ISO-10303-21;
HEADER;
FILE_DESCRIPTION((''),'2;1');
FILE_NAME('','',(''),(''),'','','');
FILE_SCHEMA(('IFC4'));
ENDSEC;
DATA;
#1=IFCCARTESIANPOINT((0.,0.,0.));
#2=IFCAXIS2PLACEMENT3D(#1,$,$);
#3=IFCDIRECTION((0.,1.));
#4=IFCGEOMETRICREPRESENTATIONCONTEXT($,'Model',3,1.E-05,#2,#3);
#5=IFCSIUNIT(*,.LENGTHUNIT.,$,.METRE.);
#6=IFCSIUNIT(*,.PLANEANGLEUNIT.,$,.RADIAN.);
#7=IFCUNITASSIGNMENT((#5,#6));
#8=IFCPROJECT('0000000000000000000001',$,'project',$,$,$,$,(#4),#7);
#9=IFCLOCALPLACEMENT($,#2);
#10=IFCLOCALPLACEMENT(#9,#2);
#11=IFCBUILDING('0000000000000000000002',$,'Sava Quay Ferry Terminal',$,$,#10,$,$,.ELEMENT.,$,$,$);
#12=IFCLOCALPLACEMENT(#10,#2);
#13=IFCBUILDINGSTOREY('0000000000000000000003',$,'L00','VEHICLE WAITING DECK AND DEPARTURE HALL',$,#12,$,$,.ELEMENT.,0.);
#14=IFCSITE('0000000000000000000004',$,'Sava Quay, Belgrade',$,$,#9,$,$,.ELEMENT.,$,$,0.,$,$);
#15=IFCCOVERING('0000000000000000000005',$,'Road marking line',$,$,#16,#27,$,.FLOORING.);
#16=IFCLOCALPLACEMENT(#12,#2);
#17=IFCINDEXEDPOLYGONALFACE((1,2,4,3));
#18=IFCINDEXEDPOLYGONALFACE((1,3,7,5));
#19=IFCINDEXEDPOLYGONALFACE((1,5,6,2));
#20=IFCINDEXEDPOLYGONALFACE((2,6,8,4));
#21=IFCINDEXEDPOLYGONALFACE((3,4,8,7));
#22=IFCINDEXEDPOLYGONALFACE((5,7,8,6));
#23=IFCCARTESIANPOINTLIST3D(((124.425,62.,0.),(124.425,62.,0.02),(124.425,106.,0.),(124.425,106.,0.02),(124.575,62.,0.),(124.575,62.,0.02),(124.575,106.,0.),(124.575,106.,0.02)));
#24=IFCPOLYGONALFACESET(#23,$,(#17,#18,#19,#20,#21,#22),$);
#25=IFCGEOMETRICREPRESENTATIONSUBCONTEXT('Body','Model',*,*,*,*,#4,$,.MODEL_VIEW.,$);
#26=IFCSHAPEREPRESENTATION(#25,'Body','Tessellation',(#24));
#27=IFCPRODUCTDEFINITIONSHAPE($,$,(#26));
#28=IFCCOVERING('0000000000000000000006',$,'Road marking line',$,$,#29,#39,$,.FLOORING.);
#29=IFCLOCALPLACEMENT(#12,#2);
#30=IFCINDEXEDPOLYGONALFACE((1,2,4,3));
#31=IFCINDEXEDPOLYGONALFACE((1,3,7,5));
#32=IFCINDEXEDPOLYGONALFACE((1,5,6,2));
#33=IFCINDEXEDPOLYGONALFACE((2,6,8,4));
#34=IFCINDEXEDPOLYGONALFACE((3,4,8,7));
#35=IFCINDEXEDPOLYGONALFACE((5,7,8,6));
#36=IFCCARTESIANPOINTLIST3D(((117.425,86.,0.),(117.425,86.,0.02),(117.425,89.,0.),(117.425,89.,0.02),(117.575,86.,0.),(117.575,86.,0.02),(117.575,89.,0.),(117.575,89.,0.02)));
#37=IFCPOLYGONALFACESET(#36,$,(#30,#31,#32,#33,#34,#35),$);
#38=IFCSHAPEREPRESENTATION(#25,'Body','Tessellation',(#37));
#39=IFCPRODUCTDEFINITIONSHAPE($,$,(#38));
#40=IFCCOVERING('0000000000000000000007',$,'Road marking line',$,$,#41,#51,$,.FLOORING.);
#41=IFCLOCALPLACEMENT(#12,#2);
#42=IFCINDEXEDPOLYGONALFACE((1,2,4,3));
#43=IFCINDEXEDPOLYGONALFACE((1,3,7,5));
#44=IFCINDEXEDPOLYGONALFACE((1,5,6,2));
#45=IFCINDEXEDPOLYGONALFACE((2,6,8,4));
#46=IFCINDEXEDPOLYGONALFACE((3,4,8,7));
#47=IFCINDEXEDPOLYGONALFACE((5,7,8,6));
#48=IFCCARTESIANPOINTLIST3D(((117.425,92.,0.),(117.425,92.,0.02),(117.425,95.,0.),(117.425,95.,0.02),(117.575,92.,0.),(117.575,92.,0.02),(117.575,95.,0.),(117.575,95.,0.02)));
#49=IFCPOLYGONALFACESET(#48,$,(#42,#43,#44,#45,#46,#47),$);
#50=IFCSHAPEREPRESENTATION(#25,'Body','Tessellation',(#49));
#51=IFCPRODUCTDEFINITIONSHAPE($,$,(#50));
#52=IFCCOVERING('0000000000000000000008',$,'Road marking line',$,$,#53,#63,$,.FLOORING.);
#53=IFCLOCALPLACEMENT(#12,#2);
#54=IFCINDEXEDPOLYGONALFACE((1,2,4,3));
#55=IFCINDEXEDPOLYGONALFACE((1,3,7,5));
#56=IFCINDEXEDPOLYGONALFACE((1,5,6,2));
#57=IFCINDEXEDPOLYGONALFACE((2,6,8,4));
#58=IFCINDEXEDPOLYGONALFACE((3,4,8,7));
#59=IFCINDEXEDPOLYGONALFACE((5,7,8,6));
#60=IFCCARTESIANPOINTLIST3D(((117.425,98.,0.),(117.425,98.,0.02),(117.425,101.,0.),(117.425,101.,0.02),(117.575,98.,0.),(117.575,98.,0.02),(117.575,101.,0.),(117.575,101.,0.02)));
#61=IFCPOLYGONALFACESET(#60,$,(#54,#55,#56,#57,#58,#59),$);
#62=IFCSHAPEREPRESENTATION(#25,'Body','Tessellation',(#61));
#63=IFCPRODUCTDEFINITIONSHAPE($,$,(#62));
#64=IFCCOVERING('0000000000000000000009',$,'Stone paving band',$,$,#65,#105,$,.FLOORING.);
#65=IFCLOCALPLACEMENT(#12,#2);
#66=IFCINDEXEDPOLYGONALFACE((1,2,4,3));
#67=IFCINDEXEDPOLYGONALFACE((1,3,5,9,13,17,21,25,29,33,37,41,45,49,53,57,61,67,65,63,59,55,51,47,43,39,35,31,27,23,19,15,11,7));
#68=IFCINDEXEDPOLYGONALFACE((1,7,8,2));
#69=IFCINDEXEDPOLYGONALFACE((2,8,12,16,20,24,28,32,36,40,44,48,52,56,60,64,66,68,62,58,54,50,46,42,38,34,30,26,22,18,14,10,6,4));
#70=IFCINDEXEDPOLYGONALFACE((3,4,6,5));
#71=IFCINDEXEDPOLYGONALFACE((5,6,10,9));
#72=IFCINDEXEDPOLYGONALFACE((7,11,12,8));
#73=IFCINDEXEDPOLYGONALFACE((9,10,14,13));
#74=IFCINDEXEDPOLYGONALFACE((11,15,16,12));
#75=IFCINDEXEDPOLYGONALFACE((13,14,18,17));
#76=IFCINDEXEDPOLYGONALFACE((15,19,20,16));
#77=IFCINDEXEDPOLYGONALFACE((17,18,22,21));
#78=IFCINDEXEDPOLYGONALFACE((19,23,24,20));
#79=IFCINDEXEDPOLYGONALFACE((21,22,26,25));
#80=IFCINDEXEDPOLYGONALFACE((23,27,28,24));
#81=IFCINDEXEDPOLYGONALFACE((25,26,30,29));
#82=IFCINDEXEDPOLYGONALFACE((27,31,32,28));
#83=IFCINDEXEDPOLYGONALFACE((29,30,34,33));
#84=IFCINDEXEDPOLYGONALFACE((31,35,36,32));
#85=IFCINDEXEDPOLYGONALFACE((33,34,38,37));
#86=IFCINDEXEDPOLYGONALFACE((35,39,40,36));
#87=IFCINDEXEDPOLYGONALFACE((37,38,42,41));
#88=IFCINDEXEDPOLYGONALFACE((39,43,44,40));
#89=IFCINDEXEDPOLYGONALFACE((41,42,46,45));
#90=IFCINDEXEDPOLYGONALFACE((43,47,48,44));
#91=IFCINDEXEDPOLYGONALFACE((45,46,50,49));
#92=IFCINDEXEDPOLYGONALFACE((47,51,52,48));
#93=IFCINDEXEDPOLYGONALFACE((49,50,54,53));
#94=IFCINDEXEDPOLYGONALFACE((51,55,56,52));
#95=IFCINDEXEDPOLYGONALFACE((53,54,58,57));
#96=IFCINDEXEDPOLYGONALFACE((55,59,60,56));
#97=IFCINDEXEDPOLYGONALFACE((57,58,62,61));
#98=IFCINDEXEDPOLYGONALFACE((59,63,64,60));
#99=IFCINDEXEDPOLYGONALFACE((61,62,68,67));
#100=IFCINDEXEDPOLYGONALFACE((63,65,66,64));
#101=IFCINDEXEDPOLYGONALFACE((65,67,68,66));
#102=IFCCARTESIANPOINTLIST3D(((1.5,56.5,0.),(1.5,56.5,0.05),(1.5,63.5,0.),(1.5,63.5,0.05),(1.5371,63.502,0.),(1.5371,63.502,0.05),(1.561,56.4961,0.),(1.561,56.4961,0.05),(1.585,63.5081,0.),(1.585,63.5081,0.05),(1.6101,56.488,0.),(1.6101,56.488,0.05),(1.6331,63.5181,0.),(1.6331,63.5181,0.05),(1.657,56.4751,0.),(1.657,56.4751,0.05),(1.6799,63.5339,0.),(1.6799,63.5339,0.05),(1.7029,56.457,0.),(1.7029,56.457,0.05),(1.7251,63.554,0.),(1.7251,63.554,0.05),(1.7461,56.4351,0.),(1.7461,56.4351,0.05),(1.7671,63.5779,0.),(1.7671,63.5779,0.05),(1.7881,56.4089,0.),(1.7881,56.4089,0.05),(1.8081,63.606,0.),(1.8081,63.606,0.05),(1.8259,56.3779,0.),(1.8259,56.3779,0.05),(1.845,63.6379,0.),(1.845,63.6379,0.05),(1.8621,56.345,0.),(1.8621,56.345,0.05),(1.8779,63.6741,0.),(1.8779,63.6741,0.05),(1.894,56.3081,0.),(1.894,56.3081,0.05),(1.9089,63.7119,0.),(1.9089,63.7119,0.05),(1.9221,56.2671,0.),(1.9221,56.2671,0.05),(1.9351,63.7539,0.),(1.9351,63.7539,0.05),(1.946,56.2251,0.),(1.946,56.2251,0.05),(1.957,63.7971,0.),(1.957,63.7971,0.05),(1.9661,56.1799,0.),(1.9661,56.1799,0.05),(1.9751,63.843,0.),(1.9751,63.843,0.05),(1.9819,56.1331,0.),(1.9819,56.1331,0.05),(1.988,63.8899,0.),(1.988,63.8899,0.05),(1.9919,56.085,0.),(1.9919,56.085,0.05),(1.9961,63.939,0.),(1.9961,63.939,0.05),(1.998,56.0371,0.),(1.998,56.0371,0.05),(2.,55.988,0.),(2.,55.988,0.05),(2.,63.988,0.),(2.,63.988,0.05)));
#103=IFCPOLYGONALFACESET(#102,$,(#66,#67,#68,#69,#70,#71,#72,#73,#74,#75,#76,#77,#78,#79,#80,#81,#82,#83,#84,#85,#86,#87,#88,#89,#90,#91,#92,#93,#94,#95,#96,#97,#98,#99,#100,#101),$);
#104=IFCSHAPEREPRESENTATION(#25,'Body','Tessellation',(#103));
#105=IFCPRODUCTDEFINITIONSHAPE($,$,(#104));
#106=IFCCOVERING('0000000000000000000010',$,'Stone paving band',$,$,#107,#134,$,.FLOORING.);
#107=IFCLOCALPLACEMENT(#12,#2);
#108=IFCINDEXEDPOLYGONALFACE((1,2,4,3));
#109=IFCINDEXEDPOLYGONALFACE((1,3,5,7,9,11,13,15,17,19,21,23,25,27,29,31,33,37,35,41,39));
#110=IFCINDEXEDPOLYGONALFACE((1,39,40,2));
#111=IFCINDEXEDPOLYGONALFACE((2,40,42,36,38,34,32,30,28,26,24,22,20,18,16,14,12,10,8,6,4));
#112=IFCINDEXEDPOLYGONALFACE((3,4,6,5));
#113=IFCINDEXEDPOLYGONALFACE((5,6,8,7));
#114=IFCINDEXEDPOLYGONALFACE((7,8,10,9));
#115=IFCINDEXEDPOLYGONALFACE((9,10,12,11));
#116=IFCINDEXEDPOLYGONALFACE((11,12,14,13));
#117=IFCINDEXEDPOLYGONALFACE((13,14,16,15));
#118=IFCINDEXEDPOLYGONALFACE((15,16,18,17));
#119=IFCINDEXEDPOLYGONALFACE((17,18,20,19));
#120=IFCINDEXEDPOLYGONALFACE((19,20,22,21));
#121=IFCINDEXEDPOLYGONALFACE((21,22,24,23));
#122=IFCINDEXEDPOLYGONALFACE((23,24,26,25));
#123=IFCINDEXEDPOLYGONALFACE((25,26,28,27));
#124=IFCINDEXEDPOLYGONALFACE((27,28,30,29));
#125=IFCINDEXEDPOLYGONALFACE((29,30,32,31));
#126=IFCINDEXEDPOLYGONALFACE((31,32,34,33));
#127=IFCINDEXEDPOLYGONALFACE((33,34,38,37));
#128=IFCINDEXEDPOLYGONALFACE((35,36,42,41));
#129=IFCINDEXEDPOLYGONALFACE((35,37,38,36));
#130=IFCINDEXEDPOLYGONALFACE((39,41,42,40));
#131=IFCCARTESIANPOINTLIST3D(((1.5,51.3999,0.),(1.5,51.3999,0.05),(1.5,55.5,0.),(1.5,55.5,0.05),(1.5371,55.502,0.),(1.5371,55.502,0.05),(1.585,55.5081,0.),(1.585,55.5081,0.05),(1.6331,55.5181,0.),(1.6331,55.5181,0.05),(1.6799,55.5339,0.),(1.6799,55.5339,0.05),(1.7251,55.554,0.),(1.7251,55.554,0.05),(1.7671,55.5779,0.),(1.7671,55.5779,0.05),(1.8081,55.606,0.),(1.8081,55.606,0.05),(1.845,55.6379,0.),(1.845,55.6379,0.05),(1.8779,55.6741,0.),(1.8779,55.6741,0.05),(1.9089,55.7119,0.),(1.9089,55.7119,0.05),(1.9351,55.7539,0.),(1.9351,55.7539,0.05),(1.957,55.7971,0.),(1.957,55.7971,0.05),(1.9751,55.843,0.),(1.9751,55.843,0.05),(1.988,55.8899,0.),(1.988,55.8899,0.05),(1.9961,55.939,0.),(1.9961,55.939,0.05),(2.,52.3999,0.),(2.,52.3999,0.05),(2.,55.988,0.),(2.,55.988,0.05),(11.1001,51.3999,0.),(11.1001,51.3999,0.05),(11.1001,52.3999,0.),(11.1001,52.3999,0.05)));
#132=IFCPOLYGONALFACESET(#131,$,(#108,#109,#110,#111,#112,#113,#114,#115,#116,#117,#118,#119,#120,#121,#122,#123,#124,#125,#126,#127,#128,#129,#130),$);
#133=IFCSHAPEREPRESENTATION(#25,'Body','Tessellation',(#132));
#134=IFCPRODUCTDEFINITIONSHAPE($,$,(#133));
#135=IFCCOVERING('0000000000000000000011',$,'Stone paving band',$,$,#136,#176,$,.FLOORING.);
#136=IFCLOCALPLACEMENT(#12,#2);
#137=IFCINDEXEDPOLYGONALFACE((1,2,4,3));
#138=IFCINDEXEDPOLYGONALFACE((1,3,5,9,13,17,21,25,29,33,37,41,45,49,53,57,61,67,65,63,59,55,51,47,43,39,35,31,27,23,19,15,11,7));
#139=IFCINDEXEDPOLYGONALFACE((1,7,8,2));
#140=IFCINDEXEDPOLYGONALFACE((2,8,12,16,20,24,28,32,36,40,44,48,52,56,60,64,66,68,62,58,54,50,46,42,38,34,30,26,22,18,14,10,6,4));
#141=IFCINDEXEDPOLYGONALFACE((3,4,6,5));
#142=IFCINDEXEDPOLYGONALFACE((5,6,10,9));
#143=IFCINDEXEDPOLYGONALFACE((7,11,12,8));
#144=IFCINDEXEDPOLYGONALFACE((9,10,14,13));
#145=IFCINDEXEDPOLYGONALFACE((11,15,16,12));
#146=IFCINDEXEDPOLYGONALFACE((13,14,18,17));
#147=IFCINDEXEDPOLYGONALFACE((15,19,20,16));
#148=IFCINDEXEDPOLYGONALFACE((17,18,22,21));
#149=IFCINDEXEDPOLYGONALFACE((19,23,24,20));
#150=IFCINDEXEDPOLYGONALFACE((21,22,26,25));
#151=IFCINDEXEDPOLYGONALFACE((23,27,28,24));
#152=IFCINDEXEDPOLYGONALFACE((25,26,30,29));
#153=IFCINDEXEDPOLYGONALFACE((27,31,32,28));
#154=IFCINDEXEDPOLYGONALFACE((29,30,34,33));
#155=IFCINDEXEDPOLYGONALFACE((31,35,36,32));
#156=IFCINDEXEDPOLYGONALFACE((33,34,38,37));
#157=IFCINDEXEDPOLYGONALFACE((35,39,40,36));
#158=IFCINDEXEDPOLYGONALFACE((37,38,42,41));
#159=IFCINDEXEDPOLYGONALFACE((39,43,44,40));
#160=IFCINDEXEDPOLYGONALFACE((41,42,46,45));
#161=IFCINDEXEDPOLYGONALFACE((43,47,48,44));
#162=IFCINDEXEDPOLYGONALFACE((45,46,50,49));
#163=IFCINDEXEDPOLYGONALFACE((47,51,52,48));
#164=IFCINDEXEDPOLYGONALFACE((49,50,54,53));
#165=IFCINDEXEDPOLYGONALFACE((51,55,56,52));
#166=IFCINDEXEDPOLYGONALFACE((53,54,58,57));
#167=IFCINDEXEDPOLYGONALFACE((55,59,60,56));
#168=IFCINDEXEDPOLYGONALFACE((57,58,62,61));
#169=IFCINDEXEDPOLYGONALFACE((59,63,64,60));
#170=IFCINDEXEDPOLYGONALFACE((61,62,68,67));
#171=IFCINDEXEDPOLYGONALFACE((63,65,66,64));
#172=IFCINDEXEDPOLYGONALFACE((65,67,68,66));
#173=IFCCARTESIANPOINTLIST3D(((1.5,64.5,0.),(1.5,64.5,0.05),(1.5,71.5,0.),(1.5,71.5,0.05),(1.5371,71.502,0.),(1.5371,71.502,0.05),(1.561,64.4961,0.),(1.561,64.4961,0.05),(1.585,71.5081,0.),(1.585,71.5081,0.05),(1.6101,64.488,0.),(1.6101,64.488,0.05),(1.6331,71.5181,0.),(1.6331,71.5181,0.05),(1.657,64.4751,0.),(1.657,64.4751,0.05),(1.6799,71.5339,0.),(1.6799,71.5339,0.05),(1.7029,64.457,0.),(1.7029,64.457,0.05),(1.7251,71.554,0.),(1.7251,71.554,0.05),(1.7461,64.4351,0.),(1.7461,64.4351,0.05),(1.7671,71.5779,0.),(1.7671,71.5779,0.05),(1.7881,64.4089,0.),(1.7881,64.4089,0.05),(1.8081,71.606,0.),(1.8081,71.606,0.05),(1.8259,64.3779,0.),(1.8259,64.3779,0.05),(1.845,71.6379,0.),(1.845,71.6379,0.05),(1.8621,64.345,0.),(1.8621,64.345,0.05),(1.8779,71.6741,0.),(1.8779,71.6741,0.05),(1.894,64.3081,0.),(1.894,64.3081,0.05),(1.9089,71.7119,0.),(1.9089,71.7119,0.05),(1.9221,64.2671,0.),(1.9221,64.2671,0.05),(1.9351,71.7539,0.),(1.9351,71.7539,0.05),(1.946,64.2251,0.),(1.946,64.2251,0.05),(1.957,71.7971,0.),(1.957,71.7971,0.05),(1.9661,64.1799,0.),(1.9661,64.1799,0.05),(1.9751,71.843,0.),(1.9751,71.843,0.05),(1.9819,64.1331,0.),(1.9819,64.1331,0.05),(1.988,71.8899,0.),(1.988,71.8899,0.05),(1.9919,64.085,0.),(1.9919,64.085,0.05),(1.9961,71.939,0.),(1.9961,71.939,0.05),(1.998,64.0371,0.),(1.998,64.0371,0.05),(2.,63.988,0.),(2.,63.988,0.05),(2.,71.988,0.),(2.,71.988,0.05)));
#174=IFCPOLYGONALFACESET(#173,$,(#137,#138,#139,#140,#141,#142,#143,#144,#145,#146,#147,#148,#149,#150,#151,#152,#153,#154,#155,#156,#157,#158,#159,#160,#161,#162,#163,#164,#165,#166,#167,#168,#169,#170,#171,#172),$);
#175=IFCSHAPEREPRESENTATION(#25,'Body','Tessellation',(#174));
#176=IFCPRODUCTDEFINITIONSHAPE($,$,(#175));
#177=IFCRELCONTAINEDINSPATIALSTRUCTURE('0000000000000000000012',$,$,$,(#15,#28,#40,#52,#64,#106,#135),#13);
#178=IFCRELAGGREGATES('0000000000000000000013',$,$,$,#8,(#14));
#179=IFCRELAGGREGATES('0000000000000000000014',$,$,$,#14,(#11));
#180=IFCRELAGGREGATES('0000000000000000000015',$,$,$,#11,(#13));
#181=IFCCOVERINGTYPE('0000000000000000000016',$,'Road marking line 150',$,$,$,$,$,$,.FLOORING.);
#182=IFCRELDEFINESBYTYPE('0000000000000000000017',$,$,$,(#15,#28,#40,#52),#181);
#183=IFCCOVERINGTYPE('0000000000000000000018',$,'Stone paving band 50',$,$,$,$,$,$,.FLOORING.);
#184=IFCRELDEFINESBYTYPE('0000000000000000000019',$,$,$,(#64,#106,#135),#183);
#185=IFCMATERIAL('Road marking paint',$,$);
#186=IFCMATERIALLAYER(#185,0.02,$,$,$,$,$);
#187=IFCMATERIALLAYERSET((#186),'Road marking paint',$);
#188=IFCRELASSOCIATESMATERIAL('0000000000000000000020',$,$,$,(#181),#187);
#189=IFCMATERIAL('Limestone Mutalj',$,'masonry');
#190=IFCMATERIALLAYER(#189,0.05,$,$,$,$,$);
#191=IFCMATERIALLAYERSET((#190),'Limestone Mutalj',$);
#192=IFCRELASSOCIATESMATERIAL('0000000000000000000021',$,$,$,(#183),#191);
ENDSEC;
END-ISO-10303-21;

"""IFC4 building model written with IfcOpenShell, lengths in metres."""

from ifc_helpers import new_model, si_unit, direction, origin, place, context, subcontext, project, spatial, polyline, outline, extrude, material, layer, layer_set, type_object, element, save


model = new_model("IFC4")

# Units and contexts
model_context = context("Model", 3, precision=1e-05, world=origin(), true_north=direction((0.0, 1.0)))
body_context = subcontext(model_context, "Body", "Model", "MODEL_VIEW")
ifc_project = project(units=[si_unit("LENGTHUNIT", "METRE"), si_unit("PLANEANGLEUNIT", "RADIAN")], contexts=[model_context])

# Site, building, storey
site_placement = place(None, origin())
site = spatial("IfcSite", under=ifc_project, at=site_placement, Name="Sava Quay, Belgrade", CompositionType="ELEMENT", RefElevation=0.0)
building_placement = place(site_placement, origin())
building = spatial("IfcBuilding", under=site, at=building_placement, Name="Sava Quay Ferry Terminal", CompositionType="ELEMENT")
storey_placement = place(building_placement, origin())
storey = spatial("IfcBuildingStorey", under=building, at=storey_placement, Name="L00", Description="VEHICLE WAITING DECK AND DEPARTURE HALL", CompositionType="ELEMENT", Elevation=0.0)

# Coverings
ifc_material_1 = material(Name="Road marking paint")
ifc_layer_1 = layer(ifc_material_1, 0.02)
ifc_layer_set_1 = layer_set([ifc_layer_1], Name="Road marking paint")
covering_type_1 = type_object("IfcCoveringType", Name="Road marking line 150", PredefinedType="FLOORING", material=ifc_layer_set_1)
covering_1_placement = place(storey_placement, origin())
element("IfcCovering", 1, at=covering_1_placement, inside=storey, type_object=covering_type_1, Name="Road marking line", PredefinedType="FLOORING", context=body_context, shape_type="SweptSolid", body=[
    extrude(outline(polyline([(124.425, 62.0), (124.575, 62.0), (124.575, 106.0), (124.425, 106.0), (124.425, 62.0)])), origin(), (0.0, 0.0, 1.0), 0.02),
])
covering_2_placement = place(storey_placement, origin())
element("IfcCovering", 2, at=covering_2_placement, inside=storey, type_object=covering_type_1, Name="Road marking line", PredefinedType="FLOORING", context=body_context, shape_type="SweptSolid", body=[
    extrude(outline(polyline([(117.575, 86.0), (117.575, 89.0), (117.425, 89.0), (117.425, 86.0), (117.575, 86.0)])), origin(), (0.0, 0.0, 1.0), 0.02),
])
covering_3_placement = place(storey_placement, origin())
element("IfcCovering", 3, at=covering_3_placement, inside=storey, type_object=covering_type_1, Name="Road marking line", PredefinedType="FLOORING", context=body_context, shape_type="SweptSolid", body=[
    extrude(outline(polyline([(117.425, 92.0), (117.575, 92.0), (117.575, 95.0), (117.425, 95.0), (117.425, 92.0)])), origin(), (0.0, 0.0, 1.0), 0.02),
])
covering_4_placement = place(storey_placement, origin())
element("IfcCovering", 4, at=covering_4_placement, inside=storey, type_object=covering_type_1, Name="Road marking line", PredefinedType="FLOORING", context=body_context, shape_type="SweptSolid", body=[
    extrude(outline(polyline([(117.425, 98.0), (117.575, 98.0), (117.575, 101.0), (117.425, 101.0), (117.425, 98.0)])), origin(), (0.0, 0.0, 1.0), 0.02),
])
ifc_material_2 = material(Name="Limestone Mutalj", Category="masonry")
ifc_layer_2 = layer(ifc_material_2, 0.05)
ifc_layer_set_2 = layer_set([ifc_layer_2], Name="Limestone Mutalj")
covering_type_2 = type_object("IfcCoveringType", Name="Stone paving band 50", PredefinedType="FLOORING", material=ifc_layer_set_2)
covering_5_placement = place(storey_placement, origin())
element("IfcCovering", 5, at=covering_5_placement, inside=storey, type_object=covering_type_2, Name="Stone paving band", PredefinedType="FLOORING", context=body_context, shape_type="SweptSolid", body=[
    extrude(outline(polyline([(1.998, 56.0371), (2.0, 55.988), (2.0, 63.988), (1.9961, 63.939), (1.988, 63.8899), (1.9751, 63.843), (1.957, 63.7971), (1.9351, 63.7539), (1.9089, 63.7119), (1.8779, 63.6741), (1.845, 63.6379), (1.8081, 63.606), (1.7671, 63.5779), (1.7251, 63.554), (1.6799, 63.5339), (1.6331, 63.5181), (1.585, 63.5081), (1.5371, 63.502), (1.5, 63.5), (1.5, 56.5), (1.561, 56.4961), (1.6101, 56.488), (1.657, 56.4751), (1.7029, 56.457), (1.7461, 56.4351), (1.7881, 56.4089), (1.8259, 56.3779), (1.8621, 56.345), (1.894, 56.3081), (1.9221, 56.2671), (1.946, 56.2251), (1.9661, 56.1799), (1.9819, 56.1331), (1.9919, 56.085), (1.998, 56.0371)])), origin(), (0.0, 0.0, 1.0), 0.05),
])
covering_6_placement = place(storey_placement, origin())
element("IfcCovering", 6, at=covering_6_placement, inside=storey, type_object=covering_type_2, Name="Stone paving band", PredefinedType="FLOORING", context=body_context, shape_type="SweptSolid", body=[
    extrude(outline(polyline([(2.0, 52.3999), (2.0, 55.988), (1.9961, 55.939), (1.988, 55.8899), (1.9751, 55.843), (1.957, 55.7971), (1.9351, 55.7539), (1.9089, 55.7119), (1.8779, 55.6741), (1.845, 55.6379), (1.8081, 55.606), (1.7671, 55.5779), (1.7251, 55.554), (1.6799, 55.5339), (1.6331, 55.5181), (1.585, 55.5081), (1.5371, 55.502), (1.5, 55.5), (1.5, 51.3999), (11.1001, 51.3999), (11.1001, 52.3999), (2.0, 52.3999)])), origin(), (0.0, 0.0, 1.0), 0.05),
])
covering_7_placement = place(storey_placement, origin())
element("IfcCovering", 7, at=covering_7_placement, inside=storey, type_object=covering_type_2, Name="Stone paving band", PredefinedType="FLOORING", context=body_context, shape_type="SweptSolid", body=[
    extrude(outline(polyline([(1.998, 64.0371), (2.0, 63.988), (2.0, 71.988), (1.9961, 71.939), (1.988, 71.8899), (1.9751, 71.843), (1.957, 71.7971), (1.9351, 71.7539), (1.9089, 71.7119), (1.8779, 71.6741), (1.845, 71.6379), (1.8081, 71.606), (1.7671, 71.5779), (1.7251, 71.554), (1.6799, 71.5339), (1.6331, 71.5181), (1.585, 71.5081), (1.5371, 71.502), (1.5, 71.5), (1.5, 64.5), (1.561, 64.4961), (1.6101, 64.488), (1.657, 64.4751), (1.7029, 64.457), (1.7461, 64.4351), (1.7881, 64.4089), (1.8259, 64.3779), (1.8621, 64.345), (1.894, 64.3081), (1.9221, 64.2671), (1.946, 64.2251), (1.9661, 64.1799), (1.9819, 64.1331), (1.9919, 64.085), (1.998, 64.0371)])), origin(), (0.0, 0.0, 1.0), 0.05),
])

save(model, "model.ifc")
